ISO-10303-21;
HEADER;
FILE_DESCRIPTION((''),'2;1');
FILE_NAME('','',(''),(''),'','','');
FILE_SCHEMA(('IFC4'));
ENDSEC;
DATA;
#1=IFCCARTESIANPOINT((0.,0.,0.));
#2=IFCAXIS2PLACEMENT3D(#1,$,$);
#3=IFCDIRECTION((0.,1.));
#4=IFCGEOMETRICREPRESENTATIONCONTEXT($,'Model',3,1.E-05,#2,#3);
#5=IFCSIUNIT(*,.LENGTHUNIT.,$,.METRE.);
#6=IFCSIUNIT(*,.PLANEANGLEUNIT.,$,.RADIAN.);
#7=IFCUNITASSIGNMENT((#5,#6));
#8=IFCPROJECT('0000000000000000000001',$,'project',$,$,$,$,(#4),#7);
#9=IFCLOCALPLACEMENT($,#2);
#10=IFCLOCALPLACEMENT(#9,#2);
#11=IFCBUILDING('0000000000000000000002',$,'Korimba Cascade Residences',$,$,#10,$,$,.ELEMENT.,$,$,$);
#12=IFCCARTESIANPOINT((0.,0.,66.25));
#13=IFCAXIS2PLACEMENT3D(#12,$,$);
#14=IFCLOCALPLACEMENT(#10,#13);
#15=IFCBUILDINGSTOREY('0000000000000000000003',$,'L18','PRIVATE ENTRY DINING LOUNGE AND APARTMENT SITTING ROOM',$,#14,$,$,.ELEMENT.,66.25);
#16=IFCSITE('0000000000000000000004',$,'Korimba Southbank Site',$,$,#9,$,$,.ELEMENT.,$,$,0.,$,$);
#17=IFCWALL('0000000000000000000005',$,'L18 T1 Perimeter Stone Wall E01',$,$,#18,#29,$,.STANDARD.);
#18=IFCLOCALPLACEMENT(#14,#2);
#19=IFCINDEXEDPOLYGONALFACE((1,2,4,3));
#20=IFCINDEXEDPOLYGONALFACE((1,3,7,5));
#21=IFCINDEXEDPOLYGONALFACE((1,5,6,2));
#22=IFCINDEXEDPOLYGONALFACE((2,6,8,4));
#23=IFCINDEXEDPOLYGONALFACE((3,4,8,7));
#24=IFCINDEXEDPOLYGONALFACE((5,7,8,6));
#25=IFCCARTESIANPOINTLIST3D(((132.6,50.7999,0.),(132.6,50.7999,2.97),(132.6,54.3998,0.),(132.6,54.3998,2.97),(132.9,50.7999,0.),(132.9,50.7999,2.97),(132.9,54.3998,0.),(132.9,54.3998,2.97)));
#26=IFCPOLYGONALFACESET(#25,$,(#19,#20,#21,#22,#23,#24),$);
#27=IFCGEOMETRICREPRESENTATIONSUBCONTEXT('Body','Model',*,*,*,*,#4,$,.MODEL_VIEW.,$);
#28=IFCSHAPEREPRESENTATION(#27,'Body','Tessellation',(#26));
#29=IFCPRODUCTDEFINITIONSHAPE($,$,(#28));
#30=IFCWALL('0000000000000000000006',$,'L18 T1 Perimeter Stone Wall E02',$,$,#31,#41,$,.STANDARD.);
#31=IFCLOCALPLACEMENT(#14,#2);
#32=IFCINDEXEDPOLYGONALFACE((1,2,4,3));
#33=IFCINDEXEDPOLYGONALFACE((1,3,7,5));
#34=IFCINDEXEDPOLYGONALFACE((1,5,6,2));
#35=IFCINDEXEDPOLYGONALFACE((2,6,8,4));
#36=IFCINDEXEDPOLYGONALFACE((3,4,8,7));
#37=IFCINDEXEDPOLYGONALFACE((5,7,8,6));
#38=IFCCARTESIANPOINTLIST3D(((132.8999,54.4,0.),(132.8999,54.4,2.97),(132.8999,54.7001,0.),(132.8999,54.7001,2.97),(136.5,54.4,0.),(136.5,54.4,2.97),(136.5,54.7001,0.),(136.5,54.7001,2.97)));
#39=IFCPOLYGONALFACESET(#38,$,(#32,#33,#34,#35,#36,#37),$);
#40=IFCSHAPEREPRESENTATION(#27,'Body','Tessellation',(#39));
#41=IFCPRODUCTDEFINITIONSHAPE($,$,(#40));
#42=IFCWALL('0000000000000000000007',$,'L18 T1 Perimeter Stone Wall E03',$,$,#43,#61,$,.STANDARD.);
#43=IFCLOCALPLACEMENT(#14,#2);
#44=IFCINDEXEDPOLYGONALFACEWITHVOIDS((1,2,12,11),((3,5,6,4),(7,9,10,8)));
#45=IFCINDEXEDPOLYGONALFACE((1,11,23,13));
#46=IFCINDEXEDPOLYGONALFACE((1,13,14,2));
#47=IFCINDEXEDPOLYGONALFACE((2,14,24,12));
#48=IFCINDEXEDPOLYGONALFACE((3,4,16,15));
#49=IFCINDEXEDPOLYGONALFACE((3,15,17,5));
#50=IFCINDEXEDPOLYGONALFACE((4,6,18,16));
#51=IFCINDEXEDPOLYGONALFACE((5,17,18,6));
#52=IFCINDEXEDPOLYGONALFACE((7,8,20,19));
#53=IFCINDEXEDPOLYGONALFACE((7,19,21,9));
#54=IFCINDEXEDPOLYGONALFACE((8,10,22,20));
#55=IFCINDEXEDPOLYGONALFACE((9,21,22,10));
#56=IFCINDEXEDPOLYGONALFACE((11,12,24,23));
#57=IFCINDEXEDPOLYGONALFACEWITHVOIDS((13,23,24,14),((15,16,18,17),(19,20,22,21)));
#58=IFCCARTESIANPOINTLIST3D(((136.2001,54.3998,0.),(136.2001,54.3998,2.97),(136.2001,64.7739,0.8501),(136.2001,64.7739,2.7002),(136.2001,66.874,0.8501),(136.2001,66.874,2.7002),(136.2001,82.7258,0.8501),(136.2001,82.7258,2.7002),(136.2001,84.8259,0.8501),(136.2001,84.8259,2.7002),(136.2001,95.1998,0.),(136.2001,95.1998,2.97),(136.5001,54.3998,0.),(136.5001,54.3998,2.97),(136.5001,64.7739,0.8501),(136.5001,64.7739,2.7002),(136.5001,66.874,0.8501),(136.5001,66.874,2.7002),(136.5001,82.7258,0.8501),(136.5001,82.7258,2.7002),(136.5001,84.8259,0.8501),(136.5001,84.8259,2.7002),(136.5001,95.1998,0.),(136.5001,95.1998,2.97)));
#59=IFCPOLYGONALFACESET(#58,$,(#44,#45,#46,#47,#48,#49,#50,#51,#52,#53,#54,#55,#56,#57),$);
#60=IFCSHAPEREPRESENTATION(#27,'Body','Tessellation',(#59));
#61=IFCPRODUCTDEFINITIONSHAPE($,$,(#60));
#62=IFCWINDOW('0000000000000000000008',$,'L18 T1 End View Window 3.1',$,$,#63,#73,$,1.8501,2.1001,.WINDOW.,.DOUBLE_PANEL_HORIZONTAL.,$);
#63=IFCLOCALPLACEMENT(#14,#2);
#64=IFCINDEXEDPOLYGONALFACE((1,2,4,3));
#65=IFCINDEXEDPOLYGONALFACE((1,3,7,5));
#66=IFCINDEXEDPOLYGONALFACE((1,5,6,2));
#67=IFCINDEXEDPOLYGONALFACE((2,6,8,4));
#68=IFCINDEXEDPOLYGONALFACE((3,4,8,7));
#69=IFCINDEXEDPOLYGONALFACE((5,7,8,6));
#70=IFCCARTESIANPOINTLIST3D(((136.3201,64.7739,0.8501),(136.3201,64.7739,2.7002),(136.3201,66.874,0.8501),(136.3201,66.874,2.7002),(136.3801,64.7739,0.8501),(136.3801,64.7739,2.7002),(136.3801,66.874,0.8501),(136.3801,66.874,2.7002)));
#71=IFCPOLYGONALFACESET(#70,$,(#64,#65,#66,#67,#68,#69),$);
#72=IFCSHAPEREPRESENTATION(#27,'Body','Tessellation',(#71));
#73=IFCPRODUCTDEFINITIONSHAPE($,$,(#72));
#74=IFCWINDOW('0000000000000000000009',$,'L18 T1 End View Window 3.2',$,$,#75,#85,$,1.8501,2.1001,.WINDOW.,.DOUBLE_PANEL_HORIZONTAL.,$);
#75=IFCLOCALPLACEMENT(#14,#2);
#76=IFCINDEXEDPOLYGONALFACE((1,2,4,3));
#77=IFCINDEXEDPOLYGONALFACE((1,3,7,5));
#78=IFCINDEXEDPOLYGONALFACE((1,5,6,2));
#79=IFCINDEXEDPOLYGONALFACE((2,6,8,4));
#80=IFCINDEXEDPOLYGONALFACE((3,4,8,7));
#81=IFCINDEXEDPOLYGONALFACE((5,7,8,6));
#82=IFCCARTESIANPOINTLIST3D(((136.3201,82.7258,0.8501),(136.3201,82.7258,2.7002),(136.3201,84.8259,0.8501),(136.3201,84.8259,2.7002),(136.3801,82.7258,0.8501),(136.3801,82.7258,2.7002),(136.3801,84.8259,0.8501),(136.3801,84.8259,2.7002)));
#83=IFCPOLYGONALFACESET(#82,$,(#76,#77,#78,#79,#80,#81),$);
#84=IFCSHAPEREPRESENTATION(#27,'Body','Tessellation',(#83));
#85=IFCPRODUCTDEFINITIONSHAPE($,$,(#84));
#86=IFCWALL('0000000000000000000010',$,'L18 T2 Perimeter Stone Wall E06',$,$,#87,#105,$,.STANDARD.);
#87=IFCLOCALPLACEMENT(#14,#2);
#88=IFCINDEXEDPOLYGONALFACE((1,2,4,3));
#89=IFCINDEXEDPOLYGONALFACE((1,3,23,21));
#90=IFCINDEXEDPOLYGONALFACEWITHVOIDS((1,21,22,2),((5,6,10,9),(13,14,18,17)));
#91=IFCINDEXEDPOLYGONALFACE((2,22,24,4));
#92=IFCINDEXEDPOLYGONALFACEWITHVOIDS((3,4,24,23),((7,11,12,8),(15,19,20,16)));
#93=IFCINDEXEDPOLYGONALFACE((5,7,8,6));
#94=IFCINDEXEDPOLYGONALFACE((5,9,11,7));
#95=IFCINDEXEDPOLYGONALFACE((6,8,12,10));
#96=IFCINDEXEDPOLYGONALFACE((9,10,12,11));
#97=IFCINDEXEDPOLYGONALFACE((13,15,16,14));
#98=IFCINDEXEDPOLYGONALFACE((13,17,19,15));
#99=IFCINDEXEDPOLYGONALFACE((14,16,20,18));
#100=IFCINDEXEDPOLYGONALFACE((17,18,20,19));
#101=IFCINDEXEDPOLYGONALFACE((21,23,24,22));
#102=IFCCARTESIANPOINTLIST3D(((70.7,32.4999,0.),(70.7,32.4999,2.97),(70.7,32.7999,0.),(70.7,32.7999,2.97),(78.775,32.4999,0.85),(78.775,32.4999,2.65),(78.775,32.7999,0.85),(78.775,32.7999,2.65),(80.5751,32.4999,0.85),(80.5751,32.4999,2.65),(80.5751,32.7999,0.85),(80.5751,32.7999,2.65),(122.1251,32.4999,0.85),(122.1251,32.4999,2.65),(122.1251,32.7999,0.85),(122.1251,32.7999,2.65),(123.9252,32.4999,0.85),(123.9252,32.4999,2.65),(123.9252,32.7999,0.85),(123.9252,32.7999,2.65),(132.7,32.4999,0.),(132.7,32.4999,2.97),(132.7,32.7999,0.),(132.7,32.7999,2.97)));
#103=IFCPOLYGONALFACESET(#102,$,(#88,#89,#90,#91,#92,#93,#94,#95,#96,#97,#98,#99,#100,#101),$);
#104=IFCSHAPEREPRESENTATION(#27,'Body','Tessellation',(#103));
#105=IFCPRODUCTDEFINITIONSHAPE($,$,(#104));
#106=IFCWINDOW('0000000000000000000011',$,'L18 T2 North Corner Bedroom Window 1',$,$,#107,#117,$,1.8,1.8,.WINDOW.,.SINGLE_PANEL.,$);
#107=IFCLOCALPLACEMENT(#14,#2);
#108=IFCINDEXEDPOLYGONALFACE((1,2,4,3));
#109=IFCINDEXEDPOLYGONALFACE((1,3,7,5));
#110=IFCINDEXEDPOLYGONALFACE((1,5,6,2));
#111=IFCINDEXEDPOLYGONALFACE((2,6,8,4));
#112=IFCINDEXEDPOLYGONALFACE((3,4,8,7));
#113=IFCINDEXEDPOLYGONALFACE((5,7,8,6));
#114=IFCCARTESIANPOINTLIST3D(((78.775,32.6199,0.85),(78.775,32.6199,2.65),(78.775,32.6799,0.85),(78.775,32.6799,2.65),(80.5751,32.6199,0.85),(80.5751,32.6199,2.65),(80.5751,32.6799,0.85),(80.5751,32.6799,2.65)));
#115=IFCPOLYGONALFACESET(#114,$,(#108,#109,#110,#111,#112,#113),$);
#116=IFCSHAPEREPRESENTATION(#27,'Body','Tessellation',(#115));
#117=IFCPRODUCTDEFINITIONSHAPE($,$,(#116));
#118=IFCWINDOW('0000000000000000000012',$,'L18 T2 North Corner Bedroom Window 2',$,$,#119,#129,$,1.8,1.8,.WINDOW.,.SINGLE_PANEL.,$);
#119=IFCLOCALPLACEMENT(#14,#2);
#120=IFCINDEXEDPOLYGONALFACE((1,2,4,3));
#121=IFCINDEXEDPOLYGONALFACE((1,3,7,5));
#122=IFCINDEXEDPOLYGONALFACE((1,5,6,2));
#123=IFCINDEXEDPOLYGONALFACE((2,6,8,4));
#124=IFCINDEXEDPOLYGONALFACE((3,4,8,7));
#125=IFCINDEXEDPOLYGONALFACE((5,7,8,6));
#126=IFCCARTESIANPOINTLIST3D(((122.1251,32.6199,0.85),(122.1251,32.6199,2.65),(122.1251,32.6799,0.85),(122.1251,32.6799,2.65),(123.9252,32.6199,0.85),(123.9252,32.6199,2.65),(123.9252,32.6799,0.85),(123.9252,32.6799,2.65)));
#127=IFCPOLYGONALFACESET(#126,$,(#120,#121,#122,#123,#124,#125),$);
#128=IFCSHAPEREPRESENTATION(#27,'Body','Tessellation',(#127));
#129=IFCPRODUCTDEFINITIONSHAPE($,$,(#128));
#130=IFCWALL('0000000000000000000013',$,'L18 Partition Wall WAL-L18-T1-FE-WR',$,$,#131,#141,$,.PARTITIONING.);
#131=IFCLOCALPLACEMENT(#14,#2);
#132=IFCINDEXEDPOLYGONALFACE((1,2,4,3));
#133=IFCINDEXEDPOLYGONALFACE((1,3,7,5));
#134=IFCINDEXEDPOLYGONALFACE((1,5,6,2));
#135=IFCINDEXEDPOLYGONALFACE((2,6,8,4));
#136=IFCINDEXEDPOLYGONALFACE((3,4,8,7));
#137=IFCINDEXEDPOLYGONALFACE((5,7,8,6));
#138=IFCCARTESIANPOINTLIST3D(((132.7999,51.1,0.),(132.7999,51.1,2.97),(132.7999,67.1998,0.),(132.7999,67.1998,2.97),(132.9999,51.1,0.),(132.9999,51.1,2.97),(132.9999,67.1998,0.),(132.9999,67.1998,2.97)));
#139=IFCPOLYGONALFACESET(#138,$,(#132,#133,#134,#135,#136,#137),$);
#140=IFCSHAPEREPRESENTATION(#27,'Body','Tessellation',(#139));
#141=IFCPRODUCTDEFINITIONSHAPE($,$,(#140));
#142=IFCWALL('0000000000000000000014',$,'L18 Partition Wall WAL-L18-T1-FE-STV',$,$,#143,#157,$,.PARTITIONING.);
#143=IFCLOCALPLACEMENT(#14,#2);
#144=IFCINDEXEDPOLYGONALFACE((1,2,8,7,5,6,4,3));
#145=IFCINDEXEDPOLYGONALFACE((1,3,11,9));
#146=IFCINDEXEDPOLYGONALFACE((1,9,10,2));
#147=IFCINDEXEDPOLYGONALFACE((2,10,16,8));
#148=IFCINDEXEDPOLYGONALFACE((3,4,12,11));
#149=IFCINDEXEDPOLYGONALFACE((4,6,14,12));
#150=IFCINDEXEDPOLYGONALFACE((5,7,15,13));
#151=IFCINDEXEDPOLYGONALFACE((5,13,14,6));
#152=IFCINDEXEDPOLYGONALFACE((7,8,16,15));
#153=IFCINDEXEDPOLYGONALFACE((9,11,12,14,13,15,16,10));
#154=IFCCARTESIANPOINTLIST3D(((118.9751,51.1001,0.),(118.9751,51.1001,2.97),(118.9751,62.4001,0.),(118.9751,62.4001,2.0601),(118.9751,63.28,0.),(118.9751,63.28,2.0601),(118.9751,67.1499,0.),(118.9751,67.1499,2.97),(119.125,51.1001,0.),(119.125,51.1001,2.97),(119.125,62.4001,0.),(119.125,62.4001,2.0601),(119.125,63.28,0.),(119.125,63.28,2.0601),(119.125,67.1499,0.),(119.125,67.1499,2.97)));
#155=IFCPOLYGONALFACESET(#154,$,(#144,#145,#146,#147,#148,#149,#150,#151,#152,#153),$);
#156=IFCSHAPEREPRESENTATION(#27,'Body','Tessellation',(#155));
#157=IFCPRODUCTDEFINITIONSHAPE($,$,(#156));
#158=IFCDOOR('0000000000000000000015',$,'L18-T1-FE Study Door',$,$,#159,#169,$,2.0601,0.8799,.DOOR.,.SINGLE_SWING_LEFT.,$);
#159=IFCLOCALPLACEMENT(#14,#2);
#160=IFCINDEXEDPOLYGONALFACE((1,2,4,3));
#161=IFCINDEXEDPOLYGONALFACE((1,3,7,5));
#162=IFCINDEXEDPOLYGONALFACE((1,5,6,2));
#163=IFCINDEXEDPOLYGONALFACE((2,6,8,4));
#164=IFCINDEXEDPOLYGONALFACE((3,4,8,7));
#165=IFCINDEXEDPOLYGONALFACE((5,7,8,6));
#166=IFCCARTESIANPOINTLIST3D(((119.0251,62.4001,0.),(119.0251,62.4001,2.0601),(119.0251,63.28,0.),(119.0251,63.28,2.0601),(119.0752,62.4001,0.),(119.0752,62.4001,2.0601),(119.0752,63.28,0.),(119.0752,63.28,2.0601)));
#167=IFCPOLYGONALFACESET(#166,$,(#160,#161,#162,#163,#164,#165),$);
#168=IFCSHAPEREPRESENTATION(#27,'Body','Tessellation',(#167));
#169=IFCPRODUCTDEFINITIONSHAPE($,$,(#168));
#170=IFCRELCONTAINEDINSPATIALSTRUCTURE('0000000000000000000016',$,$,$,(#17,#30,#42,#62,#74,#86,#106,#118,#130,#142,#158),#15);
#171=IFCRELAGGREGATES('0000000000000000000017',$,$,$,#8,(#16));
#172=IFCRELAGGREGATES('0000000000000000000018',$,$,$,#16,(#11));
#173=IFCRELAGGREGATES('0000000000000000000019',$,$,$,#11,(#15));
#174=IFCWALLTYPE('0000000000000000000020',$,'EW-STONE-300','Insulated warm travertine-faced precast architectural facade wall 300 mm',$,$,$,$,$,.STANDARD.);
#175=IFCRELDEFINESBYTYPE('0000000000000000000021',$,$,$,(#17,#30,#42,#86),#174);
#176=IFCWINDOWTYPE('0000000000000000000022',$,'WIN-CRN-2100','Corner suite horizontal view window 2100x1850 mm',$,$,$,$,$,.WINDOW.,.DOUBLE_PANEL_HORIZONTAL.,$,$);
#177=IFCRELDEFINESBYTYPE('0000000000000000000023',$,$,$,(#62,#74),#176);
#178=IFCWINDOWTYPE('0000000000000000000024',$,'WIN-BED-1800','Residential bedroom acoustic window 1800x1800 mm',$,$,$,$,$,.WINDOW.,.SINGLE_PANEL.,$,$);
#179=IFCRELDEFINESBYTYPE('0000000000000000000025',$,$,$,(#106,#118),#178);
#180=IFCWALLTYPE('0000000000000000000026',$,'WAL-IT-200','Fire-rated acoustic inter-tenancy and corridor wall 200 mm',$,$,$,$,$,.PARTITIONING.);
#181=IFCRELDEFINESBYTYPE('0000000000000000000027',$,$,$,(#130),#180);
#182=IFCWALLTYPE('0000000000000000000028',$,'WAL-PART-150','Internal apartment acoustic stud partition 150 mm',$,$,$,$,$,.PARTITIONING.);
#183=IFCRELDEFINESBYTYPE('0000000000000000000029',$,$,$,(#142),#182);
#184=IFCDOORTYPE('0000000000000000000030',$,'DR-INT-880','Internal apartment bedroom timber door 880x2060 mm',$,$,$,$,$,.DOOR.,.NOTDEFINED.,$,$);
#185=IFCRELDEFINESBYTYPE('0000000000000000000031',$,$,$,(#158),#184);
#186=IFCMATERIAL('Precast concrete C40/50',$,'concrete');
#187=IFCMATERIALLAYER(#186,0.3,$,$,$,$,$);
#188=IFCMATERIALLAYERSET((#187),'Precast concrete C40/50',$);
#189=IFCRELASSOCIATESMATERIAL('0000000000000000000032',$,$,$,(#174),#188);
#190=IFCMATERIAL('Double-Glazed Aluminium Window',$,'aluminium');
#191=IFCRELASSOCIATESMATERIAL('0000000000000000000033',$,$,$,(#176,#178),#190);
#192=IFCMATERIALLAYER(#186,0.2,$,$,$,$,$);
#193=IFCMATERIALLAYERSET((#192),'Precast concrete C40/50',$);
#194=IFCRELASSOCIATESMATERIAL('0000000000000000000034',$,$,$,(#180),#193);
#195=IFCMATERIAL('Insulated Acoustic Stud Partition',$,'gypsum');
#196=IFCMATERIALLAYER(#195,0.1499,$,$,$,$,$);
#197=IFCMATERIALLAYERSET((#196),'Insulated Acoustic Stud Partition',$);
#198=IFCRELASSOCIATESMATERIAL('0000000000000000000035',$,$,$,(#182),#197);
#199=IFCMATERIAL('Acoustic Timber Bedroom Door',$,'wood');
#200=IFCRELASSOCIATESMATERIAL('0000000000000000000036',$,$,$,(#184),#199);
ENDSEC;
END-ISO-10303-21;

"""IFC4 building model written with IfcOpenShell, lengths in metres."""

from ifc_helpers import new_model, si_unit, direction, frame, frame_2d, origin, place, context, subcontext, project, spatial, rectangle, extrude, material, layer, layer_set, type_object, element, fill, save


model = new_model("IFC4")

# Units and contexts
model_context = context("Model", 3, precision=1e-05, world=origin(), true_north=direction((0.0, 1.0)))
body_context = subcontext(model_context, "Body", "Model", "MODEL_VIEW")
ifc_project = project(units=[si_unit("LENGTHUNIT", "METRE"), si_unit("PLANEANGLEUNIT", "RADIAN")], contexts=[model_context])

# Site, building, storey
site_placement = place(None, origin())
site = spatial("IfcSite", under=ifc_project, at=site_placement, Name="Korimba Southbank Site", CompositionType="ELEMENT", RefElevation=0.0)
building_placement = place(site_placement, origin())
building = spatial("IfcBuilding", under=site, at=building_placement, Name="Korimba Cascade Residences", CompositionType="ELEMENT")
storey_placement = place(building_placement, frame((0.0, 0.0, 66.25)))
storey = spatial("IfcBuildingStorey", under=building, at=storey_placement, Name="L18", Description="PRIVATE ENTRY DINING LOUNGE AND APARTMENT SITTING ROOM", CompositionType="ELEMENT", Elevation=66.25)

# Walls
ifc_material_1 = material(Name="Precast concrete C40/50", Category="concrete")
ifc_layer_1 = layer(ifc_material_1, 0.3)
ifc_layer_set_1 = layer_set([ifc_layer_1], Name="Precast concrete C40/50")
wall_type_1 = type_object("IfcWallType", Name="EW-STONE-300", Description="Insulated warm travertine-faced precast architectural facade wall 300 mm", PredefinedType="STANDARD", material=ifc_layer_set_1)
wall_1_placement = place(storey_placement, frame((132.75, 50.8, 0.0), z_axis=(0.0, 0.0, 1.0), x_axis=(0.0, 1.0, 0.0)))
element("IfcWall", 1, at=wall_1_placement, inside=storey, type_object=wall_type_1, Name="L18 T1 Perimeter Stone Wall E01", PredefinedType="STANDARD", context=body_context, shape_type="SweptSolid", body=[
    extrude(rectangle(XDim=3.5999, YDim=0.3, at=frame_2d((1.7998, 0.0))), origin(), (0.0, 0.0, 1.0), 2.97),
])
wall_2_placement = place(storey_placement, frame((132.8999, 54.55, 0.0), z_axis=(0.0, 0.0, 1.0), x_axis=(1.0, 0.0, 0.0)))
element("IfcWall", 2, at=wall_2_placement, inside=storey, type_object=wall_type_1, Name="L18 T1 Perimeter Stone Wall E02", PredefinedType="STANDARD", context=body_context, shape_type="SweptSolid", body=[
    extrude(rectangle(XDim=3.6001, YDim=0.3, at=frame_2d((1.8, 0.0))), origin(), (0.0, 0.0, 1.0), 2.97),
])

# Walls, openings, windows
wall_3_placement = place(storey_placement, frame((136.3501, 54.3999, 0.0), z_axis=(0.0, 0.0, 1.0), x_axis=(0.0, 1.0, 0.0)))
wall_3 = element("IfcWall", 3, at=wall_3_placement, inside=storey, type_object=wall_type_1, Name="L18 T1 Perimeter Stone Wall E03", PredefinedType="STANDARD", context=body_context, shape_type="SweptSolid", body=[
    extrude(rectangle(XDim=40.8, YDim=0.3, at=frame_2d((20.3999, 0.0))), origin(), (0.0, 0.0, 1.0), 2.97),
])
opening_1_placement = place(wall_3_placement, frame((10.374, 0.0, 0.8501)))
opening_1 = element("IfcOpeningElement", 4, at=opening_1_placement, cuts=wall_3, PredefinedType="OPENING", context=body_context, shape_type="SweptSolid", body=[
    extrude(rectangle(XDim=2.1001, YDim=1.8501, at=frame_2d((1.05, 0.925))), frame((0.0, 0.1602, 0.0), z_axis=(0.0, -1.0, 0.0), x_axis=(1.0, 0.0, 0.0)), (0.0, 0.0, 1.0), 0.3201),
])
opening_2_placement = place(wall_3_placement, frame((28.3259, 0.0, 0.8501)))
opening_2 = element("IfcOpeningElement", 5, at=opening_2_placement, cuts=wall_3, PredefinedType="OPENING", context=body_context, shape_type="SweptSolid", body=[
    extrude(rectangle(XDim=2.1001, YDim=1.8501, at=frame_2d((1.05, 0.925))), frame((0.0, 0.1602, 0.0), z_axis=(0.0, -1.0, 0.0), x_axis=(1.0, 0.0, 0.0)), (0.0, 0.0, 1.0), 0.3201),
])
ifc_material_2 = material(Name="Double-Glazed Aluminium Window", Category="aluminium")
window_type_1 = type_object("IfcWindowType", Name="WIN-CRN-2100", Description="Corner suite horizontal view window 2100x1850 mm", PartitioningType="DOUBLE_PANEL_HORIZONTAL", PredefinedType="WINDOW", material=ifc_material_2)
window_1_placement = place(opening_1_placement, origin())
window_1 = element("IfcWindow", 6, at=window_1_placement, inside=storey, type_object=window_type_1, Name="L18 T1 End View Window 3.1", OverallHeight=1.8501, OverallWidth=2.1001, PartitioningType="DOUBLE_PANEL_HORIZONTAL", PredefinedType="WINDOW", context=body_context, shape_type="SweptSolid", body=[
    extrude(rectangle(XDim=2.1001, YDim=1.8501, at=frame_2d((1.05, 0.925))), frame((0.0, 0.03, 0.0), z_axis=(0.0, -1.0, 0.0), x_axis=(1.0, 0.0, 0.0)), (0.0, 0.0, 1.0), 0.0601),
])
fill(opening_1, window_1)
window_2_placement = place(opening_2_placement, origin())
window_2 = element("IfcWindow", 7, at=window_2_placement, inside=storey, type_object=window_type_1, Name="L18 T1 End View Window 3.2", OverallHeight=1.8501, OverallWidth=2.1001, PartitioningType="DOUBLE_PANEL_HORIZONTAL", PredefinedType="WINDOW", context=body_context, shape_type="SweptSolid", body=[
    extrude(rectangle(XDim=2.1001, YDim=1.8501, at=frame_2d((1.05, 0.925))), frame((0.0, 0.03, 0.0), z_axis=(0.0, -1.0, 0.0), x_axis=(1.0, 0.0, 0.0)), (0.0, 0.0, 1.0), 0.0601),
])
fill(opening_2, window_2)
wall_4_placement = place(storey_placement, frame((132.7, 32.6499, 0.0), z_axis=(0.0, 0.0, 1.0), x_axis=(-1.0, 0.0, 0.0)))
wall_4 = element("IfcWall", 8, at=wall_4_placement, inside=storey, type_object=wall_type_1, Name="L18 T2 Perimeter Stone Wall E06", PredefinedType="STANDARD", context=body_context, shape_type="SweptSolid", body=[
    extrude(rectangle(XDim=62.0, YDim=0.3, at=frame_2d((31.0, 0.0))), origin(), (0.0, 0.0, 1.0), 2.97),
])
opening_3_placement = place(wall_4_placement, frame((52.125, 0.0, 0.8501)))
opening_3 = element("IfcOpeningElement", 9, at=opening_3_placement, cuts=wall_4, PredefinedType="OPENING", context=body_context, shape_type="SweptSolid", body=[
    extrude(rectangle(XDim=1.8, YDim=1.8, at=frame_2d((0.8999, 0.8999))), frame((0.0, 0.1602, 0.0), z_axis=(0.0, -1.0, 0.0), x_axis=(1.0, 0.0, 0.0)), (0.0, 0.0, 1.0), 0.3201),
])
opening_4_placement = place(wall_4_placement, frame((8.7749, 0.0, 0.8501)))
opening_4 = element("IfcOpeningElement", 10, at=opening_4_placement, cuts=wall_4, PredefinedType="OPENING", context=body_context, shape_type="SweptSolid", body=[
    extrude(rectangle(XDim=1.8, YDim=1.8, at=frame_2d((0.8999, 0.8999))), frame((0.0, 0.1602, 0.0), z_axis=(0.0, -1.0, 0.0), x_axis=(1.0, 0.0, 0.0)), (0.0, 0.0, 1.0), 0.3201),
])
window_type_2 = type_object("IfcWindowType", Name="WIN-BED-1800", Description="Residential bedroom acoustic window 1800x1800 mm", PartitioningType="SINGLE_PANEL", PredefinedType="WINDOW", material=ifc_material_2)
window_3_placement = place(opening_3_placement, origin())
window_3 = element("IfcWindow", 11, at=window_3_placement, inside=storey, type_object=window_type_2, Name="L18 T2 North Corner Bedroom Window 1", OverallHeight=1.8, OverallWidth=1.8, PartitioningType="SINGLE_PANEL", PredefinedType="WINDOW", context=body_context, shape_type="SweptSolid", body=[
    extrude(rectangle(XDim=1.8, YDim=1.8, at=frame_2d((0.8999, 0.8999))), frame((0.0, 0.03, 0.0), z_axis=(0.0, -1.0, 0.0), x_axis=(1.0, 0.0, 0.0)), (0.0, 0.0, 1.0), 0.0601),
])
fill(opening_3, window_3)
window_4_placement = place(opening_4_placement, origin())
window_4 = element("IfcWindow", 12, at=window_4_placement, inside=storey, type_object=window_type_2, Name="L18 T2 North Corner Bedroom Window 2", OverallHeight=1.8, OverallWidth=1.8, PartitioningType="SINGLE_PANEL", PredefinedType="WINDOW", context=body_context, shape_type="SweptSolid", body=[
    extrude(rectangle(XDim=1.8, YDim=1.8, at=frame_2d((0.8999, 0.8999))), frame((0.0, 0.03, 0.0), z_axis=(0.0, -1.0, 0.0), x_axis=(1.0, 0.0, 0.0)), (0.0, 0.0, 1.0), 0.0601),
])
fill(opening_4, window_4)

# Wall
ifc_layer_2 = layer(ifc_material_1, 0.2)
ifc_layer_set_2 = layer_set([ifc_layer_2], Name="Precast concrete C40/50")
wall_type_2 = type_object("IfcWallType", Name="WAL-IT-200", Description="Fire-rated acoustic inter-tenancy and corridor wall 200 mm", PredefinedType="PARTITIONING", material=ifc_layer_set_2)
wall_5_placement = place(storey_placement, frame((132.8999, 51.1001, 0.0), z_axis=(0.0, 0.0, 1.0), x_axis=(0.0, 1.0, 0.0)))
element("IfcWall", 13, at=wall_5_placement, inside=storey, type_object=wall_type_2, Name="L18 Partition Wall WAL-L18-T1-FE-WR", PredefinedType="PARTITIONING", context=body_context, shape_type="SweptSolid", body=[
    extrude(rectangle(XDim=16.0999, YDim=0.2, at=frame_2d((8.0498, 0.0))), origin(), (0.0, 0.0, 1.0), 2.97),
])

# Wall, opening, door
ifc_material_3 = material(Name="Insulated Acoustic Stud Partition", Category="gypsum")
ifc_layer_3 = layer(ifc_material_3, 0.1499)
ifc_layer_set_3 = layer_set([ifc_layer_3], Name="Insulated Acoustic Stud Partition")
wall_type_3 = type_object("IfcWallType", Name="WAL-PART-150", Description="Internal apartment acoustic stud partition 150 mm", PredefinedType="PARTITIONING", material=ifc_layer_set_3)
wall_6_placement = place(storey_placement, frame((119.05, 51.1001, 0.0), z_axis=(0.0, 0.0, 1.0), x_axis=(0.0, 1.0, 0.0)))
wall_6 = element("IfcWall", 14, at=wall_6_placement, inside=storey, type_object=wall_type_3, Name="L18 Partition Wall WAL-L18-T1-FE-STV", PredefinedType="PARTITIONING", context=body_context, shape_type="SweptSolid", body=[
    extrude(rectangle(XDim=16.0498, YDim=0.1499, at=frame_2d((8.0249, 0.0))), origin(), (0.0, 0.0, 1.0), 2.97),
])
opening_5_placement = place(wall_6_placement, frame((11.3, 0.0, 0.0)))
opening_5 = element("IfcOpeningElement", 15, at=opening_5_placement, cuts=wall_6, PredefinedType="OPENING", context=body_context, shape_type="SweptSolid", body=[
    extrude(rectangle(XDim=0.8799, YDim=2.0601, at=frame_2d((0.4399, 1.03))), frame((0.0, 0.085, 0.0), z_axis=(0.0, -1.0, 0.0), x_axis=(1.0, 0.0, 0.0)), (0.0, 0.0, 1.0), 0.1699),
])
ifc_material_4 = material(Name="Acoustic Timber Bedroom Door", Category="wood")
door_type = type_object("IfcDoorType", Name="DR-INT-880", Description="Internal apartment bedroom timber door 880x2060 mm", OperationType="NOTDEFINED", PredefinedType="DOOR", material=ifc_material_4)
door_placement = place(opening_5_placement, origin())
door = element("IfcDoor", 16, at=door_placement, inside=storey, type_object=door_type, Name="L18-T1-FE Study Door", OperationType="SINGLE_SWING_LEFT", OverallHeight=2.0601, OverallWidth=0.8799, PredefinedType="DOOR", context=body_context, shape_type="SweptSolid", body=[
    extrude(rectangle(XDim=0.8799, YDim=2.0601, at=frame_2d((0.4399, 1.03))), frame((0.0, 0.0249, 0.0), z_axis=(0.0, -1.0, 0.0), x_axis=(1.0, 0.0, 0.0)), (0.0, 0.0, 1.0), 0.05),
])
fill(opening_5, door)

save(model, "model.ifc")
